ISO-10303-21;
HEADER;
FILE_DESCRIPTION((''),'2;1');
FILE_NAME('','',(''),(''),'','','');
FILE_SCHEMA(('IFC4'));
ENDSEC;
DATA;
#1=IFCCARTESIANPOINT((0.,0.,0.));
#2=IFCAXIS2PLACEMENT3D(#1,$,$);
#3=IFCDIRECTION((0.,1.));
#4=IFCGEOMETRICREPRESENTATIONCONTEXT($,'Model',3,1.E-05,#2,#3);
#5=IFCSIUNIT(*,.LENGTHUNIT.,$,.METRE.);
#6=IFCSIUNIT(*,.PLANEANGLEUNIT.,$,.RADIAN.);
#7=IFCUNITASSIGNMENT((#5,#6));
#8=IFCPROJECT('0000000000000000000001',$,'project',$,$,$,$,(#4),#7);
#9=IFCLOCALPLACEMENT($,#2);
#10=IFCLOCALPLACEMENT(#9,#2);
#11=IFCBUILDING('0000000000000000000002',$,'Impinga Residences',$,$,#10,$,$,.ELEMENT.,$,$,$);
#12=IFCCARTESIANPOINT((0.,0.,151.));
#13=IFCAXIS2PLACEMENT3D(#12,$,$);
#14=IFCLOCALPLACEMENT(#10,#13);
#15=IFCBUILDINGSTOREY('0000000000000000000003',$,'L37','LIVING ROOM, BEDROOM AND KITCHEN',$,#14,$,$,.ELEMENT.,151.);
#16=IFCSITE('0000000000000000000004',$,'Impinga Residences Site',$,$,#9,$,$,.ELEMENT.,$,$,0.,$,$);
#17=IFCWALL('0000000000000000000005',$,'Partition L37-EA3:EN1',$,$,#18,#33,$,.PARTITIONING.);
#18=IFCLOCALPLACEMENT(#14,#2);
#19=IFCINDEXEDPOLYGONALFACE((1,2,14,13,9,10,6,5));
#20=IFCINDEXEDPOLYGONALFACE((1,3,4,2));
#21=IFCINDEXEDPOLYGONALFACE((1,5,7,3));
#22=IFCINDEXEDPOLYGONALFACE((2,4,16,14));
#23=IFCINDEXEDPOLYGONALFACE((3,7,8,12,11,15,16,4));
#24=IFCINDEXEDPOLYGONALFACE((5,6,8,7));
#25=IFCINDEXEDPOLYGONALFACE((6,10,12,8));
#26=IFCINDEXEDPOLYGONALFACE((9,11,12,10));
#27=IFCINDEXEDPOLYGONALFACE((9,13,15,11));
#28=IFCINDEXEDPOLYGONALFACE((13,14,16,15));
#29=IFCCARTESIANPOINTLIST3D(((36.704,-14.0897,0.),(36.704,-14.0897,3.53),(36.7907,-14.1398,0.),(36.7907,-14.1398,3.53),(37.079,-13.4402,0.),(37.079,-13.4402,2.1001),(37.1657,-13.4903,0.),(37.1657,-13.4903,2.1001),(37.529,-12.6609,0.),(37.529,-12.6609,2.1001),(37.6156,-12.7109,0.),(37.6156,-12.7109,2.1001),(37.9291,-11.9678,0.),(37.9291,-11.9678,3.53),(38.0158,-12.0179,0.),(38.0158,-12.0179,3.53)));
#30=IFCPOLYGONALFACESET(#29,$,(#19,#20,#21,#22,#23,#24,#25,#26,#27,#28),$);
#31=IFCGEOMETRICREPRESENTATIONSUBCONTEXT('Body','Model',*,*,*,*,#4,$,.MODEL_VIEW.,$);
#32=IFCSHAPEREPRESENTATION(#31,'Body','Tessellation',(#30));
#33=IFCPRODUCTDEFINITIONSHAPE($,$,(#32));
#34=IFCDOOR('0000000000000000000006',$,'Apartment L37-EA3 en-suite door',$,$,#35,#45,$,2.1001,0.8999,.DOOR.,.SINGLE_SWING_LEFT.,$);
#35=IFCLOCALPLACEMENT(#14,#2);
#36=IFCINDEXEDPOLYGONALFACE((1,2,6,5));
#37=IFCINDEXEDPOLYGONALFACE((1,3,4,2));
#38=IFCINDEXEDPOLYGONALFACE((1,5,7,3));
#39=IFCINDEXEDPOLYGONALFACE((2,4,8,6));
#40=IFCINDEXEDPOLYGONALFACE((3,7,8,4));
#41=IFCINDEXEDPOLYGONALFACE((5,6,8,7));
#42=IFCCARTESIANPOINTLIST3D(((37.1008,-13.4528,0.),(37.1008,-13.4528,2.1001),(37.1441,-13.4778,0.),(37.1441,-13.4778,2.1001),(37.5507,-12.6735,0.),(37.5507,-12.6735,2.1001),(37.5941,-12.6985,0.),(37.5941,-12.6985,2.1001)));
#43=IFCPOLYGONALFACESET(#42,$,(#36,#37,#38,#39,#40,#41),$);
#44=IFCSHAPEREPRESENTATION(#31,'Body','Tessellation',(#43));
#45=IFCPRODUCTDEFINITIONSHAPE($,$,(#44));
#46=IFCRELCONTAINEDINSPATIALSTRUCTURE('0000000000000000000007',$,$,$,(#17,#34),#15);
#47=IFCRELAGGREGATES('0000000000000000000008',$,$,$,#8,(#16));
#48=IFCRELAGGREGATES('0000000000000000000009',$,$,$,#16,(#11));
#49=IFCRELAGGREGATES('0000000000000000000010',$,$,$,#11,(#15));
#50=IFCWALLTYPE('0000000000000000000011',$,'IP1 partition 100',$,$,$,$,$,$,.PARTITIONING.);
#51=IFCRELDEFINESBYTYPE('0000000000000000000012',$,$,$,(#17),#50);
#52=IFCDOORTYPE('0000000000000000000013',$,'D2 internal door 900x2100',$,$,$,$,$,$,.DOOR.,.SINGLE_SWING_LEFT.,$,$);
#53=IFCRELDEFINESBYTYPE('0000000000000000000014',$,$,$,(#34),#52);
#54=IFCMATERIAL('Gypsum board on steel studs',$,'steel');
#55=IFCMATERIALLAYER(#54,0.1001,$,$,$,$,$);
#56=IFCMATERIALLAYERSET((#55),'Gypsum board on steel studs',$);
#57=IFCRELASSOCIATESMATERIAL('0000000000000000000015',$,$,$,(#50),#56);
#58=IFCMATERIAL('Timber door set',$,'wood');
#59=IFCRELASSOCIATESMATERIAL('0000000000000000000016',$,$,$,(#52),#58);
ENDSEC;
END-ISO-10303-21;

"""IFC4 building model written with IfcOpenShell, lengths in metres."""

from ifc_helpers import new_model, si_unit, direction, frame, frame_2d, origin, place, context, subcontext, project, spatial, rectangle, extrude, material, layer, layer_set, type_object, element, fill, save


model = new_model("IFC4")

# Units and contexts
model_context = context("Model", 3, precision=1e-05, world=origin(), true_north=direction((0.0, 1.0)))
body_context = subcontext(model_context, "Body", "Model", "MODEL_VIEW")
ifc_project = project(units=[si_unit("LENGTHUNIT", "METRE"), si_unit("PLANEANGLEUNIT", "RADIAN")], contexts=[model_context])

# Site, building, storey
site_placement = place(None, origin())
site = spatial("IfcSite", under=ifc_project, at=site_placement, Name="Impinga Residences Site", CompositionType="ELEMENT", RefElevation=0.0)
building_placement = place(site_placement, origin())
building = spatial("IfcBuilding", under=site, at=building_placement, Name="Impinga Residences", CompositionType="ELEMENT")
storey_placement = place(building_placement, frame((0.0, 0.0, 151.0)))
storey = spatial("IfcBuildingStorey", under=building, at=storey_placement, Name="L37", Description="LIVING ROOM, BEDROOM AND KITCHEN", CompositionType="ELEMENT", Elevation=151.0)

# Shared definitions
ifc_material_1 = material(Name="Gypsum board on steel studs", Category="steel")
ifc_layer_1 = layer(ifc_material_1, 0.1001)
ifc_layer_set_1 = layer_set([ifc_layer_1], Name="Gypsum board on steel studs")
wall_type_1 = type_object("IfcWallType", Name="IP1 partition 100", PredefinedType="PARTITIONING", material=ifc_layer_set_1)

# Wall, opening, door
wall_1_placement = place(storey_placement, frame((36.7473, -14.1147, 0.0), z_axis=(0.0, 0.0, 1.0), x_axis=(0.500019, 0.866015, 0.0)))
wall_1 = element("IfcWall", 1, at=wall_1_placement, inside=storey, type_object=wall_type_1, Name="Partition L37-EA3:EN1", PredefinedType="PARTITIONING", context=body_context, shape_type="SweptSolid", body=[
    extrude(rectangle(XDim=2.4502, YDim=0.1001, at=frame_2d((1.2251, 0.0))), origin(), (0.0, 0.0, 1.0), 3.53),
])
opening_1_placement = place(wall_1_placement, frame((0.75, 0.0, 0.0)))
opening_1 = element("IfcOpeningElement", 2, at=opening_1_placement, cuts=wall_1, PredefinedType="OPENING", context=body_context, shape_type="SweptSolid", body=[
    extrude(rectangle(XDim=0.8999, YDim=2.1001, at=frame_2d((0.45, 1.05))), frame((0.0, 0.0601, 0.0), z_axis=(0.0, -1.0, 0.0), x_axis=(1.0, 0.0, 0.0)), (0.0, 0.0, 1.0), 0.1201),
])
ifc_material_2 = material(Name="Timber door set", Category="wood")
door_type = type_object("IfcDoorType", Name="D2 internal door 900x2100", OperationType="SINGLE_SWING_LEFT", PredefinedType="DOOR", material=ifc_material_2)
door_placement = place(opening_1_placement, origin())
door = element("IfcDoor", 3, at=door_placement, inside=storey, type_object=door_type, Name="Apartment L37-EA3 en-suite door", OperationType="SINGLE_SWING_LEFT", OverallHeight=2.1001, OverallWidth=0.8999, PredefinedType="DOOR", context=body_context, shape_type="SweptSolid", body=[
    extrude(rectangle(XDim=0.8999, YDim=2.1001, at=frame_2d((0.45, 1.05))), frame((0.0, 0.0249, 0.0), z_axis=(0.0, -1.0, 0.0), x_axis=(1.0, 0.0, 0.0)), (0.0, 0.0, 1.0), 0.05),
])
fill(opening_1, door)

save(model, "model.ifc")
